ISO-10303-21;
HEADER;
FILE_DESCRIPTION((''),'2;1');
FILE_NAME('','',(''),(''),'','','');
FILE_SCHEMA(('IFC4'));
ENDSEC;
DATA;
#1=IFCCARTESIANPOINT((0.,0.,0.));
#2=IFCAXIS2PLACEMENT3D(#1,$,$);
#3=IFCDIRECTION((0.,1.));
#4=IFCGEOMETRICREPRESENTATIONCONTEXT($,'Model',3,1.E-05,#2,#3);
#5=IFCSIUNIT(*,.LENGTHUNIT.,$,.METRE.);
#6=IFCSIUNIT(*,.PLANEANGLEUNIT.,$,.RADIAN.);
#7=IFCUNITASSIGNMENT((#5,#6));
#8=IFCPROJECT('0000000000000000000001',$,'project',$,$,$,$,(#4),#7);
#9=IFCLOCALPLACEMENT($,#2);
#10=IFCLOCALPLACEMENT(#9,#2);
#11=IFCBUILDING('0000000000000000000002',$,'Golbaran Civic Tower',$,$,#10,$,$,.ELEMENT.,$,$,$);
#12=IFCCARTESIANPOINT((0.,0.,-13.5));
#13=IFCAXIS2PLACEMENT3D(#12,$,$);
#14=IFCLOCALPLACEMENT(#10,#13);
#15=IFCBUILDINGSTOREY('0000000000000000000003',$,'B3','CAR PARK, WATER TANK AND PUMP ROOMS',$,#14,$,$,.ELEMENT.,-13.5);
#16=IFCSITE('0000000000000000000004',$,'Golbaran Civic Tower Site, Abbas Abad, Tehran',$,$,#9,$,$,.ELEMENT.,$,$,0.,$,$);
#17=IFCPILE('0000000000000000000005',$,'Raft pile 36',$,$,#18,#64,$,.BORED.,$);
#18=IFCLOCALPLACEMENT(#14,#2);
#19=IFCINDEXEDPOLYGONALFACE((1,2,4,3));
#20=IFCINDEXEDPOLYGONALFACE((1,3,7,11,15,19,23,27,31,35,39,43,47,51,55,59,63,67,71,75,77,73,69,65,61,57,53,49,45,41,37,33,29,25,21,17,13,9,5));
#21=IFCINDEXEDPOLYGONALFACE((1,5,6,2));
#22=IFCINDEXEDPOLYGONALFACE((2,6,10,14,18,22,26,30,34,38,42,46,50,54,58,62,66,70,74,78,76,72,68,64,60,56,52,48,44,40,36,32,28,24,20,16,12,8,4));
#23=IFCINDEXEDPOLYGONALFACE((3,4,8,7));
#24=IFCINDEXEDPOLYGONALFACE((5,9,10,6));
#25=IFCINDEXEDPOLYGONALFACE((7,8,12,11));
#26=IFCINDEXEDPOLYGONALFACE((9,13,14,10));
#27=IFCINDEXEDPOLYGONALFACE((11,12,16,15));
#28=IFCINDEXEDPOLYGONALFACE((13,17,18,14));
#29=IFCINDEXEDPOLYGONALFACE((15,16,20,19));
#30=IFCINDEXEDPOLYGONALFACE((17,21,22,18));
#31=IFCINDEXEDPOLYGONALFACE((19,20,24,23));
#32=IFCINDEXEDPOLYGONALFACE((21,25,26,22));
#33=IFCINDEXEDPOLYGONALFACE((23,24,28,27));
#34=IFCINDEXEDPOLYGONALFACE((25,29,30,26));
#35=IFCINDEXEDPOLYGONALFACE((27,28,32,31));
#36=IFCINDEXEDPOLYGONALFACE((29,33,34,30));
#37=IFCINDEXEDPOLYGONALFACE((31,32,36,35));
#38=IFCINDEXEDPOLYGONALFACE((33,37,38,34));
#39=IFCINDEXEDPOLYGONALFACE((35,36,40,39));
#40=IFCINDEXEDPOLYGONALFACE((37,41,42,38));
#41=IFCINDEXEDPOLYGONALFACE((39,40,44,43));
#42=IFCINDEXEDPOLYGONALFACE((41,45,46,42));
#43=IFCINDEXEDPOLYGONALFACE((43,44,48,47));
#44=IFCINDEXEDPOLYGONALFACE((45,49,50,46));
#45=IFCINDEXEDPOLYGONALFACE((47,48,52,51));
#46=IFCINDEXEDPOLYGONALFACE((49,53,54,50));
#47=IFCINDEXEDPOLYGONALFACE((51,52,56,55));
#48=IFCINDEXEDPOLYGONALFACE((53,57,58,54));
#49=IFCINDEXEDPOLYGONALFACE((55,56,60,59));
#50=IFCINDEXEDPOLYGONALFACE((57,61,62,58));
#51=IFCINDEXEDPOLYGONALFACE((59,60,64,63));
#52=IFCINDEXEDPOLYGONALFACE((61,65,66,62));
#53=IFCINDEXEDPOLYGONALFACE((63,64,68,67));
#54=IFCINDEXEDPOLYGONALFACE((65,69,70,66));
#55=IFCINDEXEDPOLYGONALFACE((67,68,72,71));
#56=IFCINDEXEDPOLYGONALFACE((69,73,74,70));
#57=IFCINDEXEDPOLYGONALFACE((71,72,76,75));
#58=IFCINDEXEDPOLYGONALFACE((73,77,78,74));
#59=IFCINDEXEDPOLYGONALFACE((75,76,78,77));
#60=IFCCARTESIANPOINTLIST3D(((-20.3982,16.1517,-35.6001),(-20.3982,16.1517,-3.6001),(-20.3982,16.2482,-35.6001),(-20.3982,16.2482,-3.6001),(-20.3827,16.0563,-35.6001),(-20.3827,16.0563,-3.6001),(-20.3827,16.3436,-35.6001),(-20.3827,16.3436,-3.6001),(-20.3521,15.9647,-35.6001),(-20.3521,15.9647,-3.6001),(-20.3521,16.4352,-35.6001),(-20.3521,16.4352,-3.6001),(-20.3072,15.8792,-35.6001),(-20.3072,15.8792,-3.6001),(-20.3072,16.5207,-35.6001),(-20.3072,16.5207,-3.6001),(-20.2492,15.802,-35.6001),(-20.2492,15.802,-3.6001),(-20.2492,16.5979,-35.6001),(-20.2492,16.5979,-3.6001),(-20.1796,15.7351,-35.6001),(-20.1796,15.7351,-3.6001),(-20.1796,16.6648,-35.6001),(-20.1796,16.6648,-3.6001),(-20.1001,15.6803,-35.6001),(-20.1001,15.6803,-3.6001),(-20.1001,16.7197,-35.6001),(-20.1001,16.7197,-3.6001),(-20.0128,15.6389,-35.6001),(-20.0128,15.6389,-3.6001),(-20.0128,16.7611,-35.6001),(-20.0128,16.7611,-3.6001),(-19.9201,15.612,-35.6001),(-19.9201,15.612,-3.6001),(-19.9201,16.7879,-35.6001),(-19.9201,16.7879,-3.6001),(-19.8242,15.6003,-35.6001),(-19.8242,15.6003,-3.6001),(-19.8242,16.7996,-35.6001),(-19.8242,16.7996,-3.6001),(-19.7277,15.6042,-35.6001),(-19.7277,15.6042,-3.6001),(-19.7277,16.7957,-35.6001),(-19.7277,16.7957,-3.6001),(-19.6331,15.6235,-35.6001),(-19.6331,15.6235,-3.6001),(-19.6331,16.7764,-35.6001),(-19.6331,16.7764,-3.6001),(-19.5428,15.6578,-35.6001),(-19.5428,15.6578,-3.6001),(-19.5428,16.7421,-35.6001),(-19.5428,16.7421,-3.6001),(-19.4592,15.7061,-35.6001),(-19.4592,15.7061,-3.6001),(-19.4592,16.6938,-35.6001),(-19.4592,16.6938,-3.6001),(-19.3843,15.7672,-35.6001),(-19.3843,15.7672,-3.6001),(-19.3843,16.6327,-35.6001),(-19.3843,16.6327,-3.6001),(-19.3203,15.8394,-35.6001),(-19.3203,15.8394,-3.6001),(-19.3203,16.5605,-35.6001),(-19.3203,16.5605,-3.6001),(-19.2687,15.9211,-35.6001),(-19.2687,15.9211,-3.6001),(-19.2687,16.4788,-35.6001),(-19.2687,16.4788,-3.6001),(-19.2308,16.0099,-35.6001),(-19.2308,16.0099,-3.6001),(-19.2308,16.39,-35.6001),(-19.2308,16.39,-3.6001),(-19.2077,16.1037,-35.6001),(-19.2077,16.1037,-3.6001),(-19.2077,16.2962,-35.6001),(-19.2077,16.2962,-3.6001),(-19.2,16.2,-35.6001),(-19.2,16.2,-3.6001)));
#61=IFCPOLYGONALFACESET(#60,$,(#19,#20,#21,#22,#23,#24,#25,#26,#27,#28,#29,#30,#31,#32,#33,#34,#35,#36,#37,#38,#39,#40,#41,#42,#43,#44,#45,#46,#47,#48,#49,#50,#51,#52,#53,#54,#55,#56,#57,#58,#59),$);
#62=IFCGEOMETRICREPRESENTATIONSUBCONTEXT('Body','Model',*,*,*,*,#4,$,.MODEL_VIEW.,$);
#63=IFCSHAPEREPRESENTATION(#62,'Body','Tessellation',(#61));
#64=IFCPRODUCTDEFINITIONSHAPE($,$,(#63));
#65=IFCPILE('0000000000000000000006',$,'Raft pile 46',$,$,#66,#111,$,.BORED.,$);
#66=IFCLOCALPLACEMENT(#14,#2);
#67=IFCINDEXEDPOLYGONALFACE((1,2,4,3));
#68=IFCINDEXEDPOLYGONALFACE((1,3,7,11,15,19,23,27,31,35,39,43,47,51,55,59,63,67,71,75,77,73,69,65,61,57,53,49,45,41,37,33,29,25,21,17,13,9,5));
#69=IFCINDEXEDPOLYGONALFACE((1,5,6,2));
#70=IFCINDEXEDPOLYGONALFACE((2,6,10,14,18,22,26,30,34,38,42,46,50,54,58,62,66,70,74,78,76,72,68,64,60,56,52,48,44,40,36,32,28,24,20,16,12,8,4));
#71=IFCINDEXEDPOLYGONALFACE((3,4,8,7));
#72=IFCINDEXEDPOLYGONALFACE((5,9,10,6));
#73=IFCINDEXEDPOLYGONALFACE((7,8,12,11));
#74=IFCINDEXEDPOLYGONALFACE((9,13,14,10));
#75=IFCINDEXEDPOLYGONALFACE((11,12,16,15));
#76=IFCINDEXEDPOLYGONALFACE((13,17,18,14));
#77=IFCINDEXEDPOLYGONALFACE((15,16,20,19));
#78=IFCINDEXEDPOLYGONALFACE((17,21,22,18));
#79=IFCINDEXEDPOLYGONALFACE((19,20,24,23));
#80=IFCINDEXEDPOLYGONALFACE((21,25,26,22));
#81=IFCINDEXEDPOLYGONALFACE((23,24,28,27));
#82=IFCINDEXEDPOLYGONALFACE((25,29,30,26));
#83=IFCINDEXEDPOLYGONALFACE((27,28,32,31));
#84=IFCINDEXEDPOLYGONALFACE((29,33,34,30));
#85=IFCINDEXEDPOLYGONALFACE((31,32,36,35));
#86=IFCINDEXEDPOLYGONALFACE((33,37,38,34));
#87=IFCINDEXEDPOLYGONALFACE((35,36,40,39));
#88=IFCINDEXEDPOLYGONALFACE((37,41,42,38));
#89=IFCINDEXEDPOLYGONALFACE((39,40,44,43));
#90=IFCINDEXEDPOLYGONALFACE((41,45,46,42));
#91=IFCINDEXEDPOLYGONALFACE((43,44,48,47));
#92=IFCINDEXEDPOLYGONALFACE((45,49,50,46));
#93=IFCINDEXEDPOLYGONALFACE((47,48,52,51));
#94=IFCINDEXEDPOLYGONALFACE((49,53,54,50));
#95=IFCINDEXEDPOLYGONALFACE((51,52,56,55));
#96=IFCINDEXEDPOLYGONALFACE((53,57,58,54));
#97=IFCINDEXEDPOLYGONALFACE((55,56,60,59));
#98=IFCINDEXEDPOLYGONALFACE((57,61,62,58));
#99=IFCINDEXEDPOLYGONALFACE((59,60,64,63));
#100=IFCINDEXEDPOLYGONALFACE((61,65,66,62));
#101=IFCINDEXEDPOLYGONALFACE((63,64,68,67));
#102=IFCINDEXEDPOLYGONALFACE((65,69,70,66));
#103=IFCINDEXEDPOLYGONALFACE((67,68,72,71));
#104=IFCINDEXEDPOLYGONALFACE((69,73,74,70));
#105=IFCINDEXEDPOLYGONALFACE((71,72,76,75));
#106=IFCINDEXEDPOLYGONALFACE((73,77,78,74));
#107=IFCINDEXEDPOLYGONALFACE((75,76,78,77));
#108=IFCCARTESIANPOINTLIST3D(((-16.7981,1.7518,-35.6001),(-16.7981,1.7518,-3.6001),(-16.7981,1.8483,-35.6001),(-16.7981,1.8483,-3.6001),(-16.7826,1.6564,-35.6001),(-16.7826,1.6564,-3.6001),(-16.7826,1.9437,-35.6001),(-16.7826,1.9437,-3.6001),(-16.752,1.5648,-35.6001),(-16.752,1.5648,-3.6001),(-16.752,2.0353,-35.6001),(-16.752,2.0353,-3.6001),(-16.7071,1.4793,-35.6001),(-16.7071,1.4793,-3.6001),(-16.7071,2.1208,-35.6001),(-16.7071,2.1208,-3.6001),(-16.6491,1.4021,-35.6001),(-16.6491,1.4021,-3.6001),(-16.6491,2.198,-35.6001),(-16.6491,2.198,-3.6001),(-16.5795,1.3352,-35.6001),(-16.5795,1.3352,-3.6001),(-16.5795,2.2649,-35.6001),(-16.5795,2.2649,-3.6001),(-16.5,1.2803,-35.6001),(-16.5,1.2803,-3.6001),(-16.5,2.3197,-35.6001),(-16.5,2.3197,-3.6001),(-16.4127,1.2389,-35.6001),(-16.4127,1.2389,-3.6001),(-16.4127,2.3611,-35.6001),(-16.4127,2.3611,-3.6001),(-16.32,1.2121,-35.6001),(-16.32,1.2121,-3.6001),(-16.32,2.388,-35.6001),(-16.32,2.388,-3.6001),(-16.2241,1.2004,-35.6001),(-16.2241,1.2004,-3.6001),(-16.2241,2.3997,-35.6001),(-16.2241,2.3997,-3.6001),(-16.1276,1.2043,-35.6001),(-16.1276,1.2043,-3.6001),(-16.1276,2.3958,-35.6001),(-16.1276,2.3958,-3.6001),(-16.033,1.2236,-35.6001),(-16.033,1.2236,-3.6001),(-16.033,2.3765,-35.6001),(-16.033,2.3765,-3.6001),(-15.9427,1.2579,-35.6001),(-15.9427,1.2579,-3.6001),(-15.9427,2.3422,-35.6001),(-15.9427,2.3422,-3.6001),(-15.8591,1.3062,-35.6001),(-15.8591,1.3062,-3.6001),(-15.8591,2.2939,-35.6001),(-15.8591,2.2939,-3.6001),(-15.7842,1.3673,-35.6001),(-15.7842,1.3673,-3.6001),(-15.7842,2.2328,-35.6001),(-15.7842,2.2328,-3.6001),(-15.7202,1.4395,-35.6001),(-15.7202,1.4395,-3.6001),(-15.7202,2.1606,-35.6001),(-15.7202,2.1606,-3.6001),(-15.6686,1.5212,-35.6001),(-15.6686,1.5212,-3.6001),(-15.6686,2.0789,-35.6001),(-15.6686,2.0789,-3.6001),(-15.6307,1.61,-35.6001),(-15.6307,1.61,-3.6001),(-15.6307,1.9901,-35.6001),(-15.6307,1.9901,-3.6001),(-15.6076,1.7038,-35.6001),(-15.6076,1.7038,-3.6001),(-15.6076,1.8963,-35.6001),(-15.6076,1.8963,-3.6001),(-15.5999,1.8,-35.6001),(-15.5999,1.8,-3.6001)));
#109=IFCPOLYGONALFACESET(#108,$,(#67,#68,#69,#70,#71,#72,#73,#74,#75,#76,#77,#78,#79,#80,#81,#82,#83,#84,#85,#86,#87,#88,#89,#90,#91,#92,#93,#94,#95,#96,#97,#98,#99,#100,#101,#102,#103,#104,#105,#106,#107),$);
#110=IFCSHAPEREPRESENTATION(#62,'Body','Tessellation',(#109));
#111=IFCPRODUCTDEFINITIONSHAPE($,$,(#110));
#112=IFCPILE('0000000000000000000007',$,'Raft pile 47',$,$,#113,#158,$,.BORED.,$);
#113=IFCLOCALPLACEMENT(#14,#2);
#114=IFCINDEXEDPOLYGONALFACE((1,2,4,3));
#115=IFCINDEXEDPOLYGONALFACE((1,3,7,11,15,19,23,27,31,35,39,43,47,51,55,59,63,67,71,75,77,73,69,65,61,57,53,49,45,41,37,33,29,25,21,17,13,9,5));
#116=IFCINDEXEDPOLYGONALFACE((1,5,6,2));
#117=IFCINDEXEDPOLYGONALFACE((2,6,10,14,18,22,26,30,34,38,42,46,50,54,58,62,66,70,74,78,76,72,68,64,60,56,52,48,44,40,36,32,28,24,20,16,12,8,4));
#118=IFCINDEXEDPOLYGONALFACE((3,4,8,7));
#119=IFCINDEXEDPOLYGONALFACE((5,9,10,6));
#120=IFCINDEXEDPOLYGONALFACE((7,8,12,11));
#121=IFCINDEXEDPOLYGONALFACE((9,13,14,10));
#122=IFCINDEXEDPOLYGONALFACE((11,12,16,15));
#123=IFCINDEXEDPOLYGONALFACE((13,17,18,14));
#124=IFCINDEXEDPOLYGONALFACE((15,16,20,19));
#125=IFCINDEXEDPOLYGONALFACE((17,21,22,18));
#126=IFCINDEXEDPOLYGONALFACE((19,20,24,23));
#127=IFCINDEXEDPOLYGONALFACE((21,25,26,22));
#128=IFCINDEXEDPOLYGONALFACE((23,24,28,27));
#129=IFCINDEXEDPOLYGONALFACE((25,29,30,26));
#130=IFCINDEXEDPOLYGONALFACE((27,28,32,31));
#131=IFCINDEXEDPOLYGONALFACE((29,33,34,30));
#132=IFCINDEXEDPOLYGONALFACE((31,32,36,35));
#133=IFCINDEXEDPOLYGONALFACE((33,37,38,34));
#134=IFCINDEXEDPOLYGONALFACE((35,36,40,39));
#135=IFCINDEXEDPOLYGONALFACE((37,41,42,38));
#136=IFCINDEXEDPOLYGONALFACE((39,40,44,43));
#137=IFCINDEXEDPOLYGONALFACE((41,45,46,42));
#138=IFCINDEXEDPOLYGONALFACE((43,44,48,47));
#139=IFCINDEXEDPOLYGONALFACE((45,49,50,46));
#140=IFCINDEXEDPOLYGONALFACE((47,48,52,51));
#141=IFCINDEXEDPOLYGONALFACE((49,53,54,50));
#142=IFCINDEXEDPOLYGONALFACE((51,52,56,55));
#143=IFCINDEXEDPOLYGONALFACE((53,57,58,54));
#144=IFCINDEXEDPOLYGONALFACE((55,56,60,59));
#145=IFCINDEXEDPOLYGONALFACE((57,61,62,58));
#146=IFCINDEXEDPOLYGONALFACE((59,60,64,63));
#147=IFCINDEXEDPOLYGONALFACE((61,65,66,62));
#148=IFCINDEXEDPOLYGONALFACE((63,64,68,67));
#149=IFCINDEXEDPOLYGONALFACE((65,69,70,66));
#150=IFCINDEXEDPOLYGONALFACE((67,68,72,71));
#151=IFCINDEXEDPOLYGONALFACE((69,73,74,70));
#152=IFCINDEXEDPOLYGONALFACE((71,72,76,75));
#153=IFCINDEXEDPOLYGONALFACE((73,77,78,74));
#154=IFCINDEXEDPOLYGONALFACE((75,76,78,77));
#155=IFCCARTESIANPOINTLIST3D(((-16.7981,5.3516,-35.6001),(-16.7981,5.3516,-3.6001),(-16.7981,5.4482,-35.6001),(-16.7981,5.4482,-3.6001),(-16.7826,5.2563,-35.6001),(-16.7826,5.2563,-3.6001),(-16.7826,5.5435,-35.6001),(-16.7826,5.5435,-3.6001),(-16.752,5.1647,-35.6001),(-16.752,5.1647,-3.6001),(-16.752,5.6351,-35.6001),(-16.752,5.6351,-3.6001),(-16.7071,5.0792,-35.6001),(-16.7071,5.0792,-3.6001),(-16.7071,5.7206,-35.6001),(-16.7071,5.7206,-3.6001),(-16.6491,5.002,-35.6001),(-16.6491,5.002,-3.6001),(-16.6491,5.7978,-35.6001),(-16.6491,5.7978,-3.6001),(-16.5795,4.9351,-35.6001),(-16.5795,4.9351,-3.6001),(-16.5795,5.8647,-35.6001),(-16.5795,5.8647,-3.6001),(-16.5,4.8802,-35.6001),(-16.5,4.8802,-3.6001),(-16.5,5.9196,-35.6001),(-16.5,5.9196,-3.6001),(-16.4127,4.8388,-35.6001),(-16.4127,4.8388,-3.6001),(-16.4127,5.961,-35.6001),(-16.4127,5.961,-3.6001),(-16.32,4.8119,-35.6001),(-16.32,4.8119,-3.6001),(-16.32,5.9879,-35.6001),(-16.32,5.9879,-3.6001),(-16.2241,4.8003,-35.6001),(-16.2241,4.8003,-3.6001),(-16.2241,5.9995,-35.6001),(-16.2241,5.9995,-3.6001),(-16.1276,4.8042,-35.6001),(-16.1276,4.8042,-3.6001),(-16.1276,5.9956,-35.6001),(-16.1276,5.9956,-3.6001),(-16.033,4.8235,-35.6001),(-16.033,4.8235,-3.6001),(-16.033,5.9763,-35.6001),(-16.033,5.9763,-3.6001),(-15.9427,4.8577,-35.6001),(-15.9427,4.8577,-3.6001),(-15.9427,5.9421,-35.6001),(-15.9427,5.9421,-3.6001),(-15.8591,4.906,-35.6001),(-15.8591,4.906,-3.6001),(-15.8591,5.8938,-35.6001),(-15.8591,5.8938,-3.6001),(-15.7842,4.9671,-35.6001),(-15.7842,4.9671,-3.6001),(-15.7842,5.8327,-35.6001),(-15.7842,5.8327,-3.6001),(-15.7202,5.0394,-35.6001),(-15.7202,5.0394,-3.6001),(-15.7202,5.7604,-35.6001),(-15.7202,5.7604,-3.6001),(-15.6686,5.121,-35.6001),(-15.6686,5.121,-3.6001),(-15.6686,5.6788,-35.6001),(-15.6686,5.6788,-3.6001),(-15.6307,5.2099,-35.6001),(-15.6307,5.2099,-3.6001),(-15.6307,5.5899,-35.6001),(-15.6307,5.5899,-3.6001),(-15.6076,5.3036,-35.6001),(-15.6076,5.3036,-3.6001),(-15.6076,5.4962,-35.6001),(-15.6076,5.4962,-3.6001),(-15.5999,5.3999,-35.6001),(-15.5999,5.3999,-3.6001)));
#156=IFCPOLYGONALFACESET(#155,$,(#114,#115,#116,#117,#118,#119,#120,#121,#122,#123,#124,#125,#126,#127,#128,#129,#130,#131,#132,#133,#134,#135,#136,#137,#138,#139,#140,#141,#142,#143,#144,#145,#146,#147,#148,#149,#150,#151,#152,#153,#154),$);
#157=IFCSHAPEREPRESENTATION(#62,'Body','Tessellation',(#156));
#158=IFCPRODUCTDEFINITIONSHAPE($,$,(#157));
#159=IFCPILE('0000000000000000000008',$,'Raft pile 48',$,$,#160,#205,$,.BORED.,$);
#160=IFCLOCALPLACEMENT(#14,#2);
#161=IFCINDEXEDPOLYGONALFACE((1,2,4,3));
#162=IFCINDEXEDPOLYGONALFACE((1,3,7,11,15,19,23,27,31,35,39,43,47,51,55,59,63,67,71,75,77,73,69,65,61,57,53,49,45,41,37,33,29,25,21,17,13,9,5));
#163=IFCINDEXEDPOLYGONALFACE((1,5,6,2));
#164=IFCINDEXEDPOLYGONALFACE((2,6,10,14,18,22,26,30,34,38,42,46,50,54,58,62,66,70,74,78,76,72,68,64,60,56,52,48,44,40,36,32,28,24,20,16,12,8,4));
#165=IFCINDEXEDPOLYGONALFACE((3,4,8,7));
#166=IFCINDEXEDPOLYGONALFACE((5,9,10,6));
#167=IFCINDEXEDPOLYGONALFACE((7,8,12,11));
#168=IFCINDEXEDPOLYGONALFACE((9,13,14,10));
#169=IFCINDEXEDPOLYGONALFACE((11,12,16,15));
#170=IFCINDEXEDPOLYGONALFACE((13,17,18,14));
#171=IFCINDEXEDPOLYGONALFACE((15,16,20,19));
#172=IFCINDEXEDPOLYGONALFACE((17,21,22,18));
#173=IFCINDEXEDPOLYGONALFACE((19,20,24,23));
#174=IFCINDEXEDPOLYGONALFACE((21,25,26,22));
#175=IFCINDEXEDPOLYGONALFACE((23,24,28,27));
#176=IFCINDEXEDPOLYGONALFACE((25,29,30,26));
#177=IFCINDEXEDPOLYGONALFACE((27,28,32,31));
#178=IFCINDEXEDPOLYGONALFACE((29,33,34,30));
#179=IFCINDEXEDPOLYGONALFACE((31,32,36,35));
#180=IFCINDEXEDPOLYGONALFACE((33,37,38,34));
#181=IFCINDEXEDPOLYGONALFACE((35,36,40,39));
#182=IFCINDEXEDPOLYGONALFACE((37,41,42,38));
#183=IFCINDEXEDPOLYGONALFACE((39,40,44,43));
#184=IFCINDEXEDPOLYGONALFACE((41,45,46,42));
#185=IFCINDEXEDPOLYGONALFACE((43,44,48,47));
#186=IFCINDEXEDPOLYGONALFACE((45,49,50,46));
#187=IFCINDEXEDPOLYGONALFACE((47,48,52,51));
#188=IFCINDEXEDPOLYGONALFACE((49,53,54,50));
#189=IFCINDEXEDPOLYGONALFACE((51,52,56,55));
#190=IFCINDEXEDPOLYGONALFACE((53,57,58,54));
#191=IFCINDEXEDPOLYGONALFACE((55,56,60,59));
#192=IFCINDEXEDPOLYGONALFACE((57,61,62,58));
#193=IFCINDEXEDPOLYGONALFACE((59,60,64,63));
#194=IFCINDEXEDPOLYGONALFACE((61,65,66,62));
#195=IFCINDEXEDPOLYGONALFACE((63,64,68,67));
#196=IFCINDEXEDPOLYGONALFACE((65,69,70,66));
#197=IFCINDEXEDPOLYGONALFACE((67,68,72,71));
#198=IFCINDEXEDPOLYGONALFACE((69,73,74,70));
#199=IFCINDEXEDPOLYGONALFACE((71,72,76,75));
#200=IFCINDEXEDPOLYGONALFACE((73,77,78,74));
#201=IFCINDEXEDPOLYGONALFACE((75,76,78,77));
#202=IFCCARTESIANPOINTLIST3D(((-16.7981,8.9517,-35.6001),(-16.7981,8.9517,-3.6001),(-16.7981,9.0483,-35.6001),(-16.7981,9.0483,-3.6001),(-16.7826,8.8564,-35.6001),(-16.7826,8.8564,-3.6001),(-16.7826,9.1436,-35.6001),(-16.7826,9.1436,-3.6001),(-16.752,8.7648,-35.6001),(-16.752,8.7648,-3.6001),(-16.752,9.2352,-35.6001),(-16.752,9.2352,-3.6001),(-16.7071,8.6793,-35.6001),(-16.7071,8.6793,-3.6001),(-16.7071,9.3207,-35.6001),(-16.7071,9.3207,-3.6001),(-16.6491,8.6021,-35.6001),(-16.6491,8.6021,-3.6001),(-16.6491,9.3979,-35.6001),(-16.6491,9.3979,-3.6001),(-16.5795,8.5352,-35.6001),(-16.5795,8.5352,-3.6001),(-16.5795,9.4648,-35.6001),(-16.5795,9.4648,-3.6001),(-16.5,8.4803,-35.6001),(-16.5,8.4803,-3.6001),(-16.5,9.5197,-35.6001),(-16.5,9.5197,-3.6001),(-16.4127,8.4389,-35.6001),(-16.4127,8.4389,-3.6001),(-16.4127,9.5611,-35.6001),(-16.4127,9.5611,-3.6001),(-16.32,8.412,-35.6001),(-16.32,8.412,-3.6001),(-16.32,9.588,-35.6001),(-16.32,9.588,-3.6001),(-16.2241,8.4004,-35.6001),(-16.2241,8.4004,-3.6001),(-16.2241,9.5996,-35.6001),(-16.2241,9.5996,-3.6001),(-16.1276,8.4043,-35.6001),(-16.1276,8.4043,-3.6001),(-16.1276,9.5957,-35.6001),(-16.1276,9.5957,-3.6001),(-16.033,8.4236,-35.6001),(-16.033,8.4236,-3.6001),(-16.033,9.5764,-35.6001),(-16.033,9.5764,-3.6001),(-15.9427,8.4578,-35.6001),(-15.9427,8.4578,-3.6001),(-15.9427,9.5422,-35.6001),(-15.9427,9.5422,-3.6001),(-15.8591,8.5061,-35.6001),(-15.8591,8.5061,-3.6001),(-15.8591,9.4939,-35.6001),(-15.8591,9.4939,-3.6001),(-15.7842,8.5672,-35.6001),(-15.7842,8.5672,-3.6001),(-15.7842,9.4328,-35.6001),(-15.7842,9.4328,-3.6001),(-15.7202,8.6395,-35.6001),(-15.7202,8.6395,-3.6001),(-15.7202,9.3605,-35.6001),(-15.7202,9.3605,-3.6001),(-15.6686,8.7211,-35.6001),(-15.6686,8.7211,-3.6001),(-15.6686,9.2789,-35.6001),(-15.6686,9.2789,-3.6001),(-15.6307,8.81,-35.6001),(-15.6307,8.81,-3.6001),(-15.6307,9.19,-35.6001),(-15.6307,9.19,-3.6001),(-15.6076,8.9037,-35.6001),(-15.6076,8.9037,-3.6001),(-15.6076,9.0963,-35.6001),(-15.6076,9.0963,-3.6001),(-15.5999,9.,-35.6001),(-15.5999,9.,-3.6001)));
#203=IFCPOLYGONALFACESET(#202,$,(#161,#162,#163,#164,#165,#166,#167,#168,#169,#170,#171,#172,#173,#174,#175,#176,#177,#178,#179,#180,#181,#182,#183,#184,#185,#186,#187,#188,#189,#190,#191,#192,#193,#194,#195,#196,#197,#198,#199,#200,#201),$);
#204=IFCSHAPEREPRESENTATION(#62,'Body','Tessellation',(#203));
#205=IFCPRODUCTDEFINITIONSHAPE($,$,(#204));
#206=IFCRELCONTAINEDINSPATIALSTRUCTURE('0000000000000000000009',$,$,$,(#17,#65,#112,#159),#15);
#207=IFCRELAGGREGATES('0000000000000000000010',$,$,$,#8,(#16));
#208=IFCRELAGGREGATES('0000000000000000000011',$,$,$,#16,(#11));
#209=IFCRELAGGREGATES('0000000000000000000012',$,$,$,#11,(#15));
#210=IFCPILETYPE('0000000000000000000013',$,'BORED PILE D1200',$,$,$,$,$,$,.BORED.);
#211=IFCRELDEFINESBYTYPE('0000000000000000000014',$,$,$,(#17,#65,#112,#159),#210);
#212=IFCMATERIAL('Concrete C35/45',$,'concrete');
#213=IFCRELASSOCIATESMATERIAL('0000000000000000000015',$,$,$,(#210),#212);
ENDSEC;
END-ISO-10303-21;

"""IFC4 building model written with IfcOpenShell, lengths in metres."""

from ifc_helpers import new_model, si_unit, direction, frame, origin, origin_2d, place, context, subcontext, project, spatial, circle, extrude, material, material_profile, profile_set, type_object, element, save


model = new_model("IFC4")

# Units and contexts
model_context = context("Model", 3, precision=1e-05, world=origin(), true_north=direction((0.0, 1.0)))
body_context = subcontext(model_context, "Body", "Model", "MODEL_VIEW")
ifc_project = project(units=[si_unit("LENGTHUNIT", "METRE"), si_unit("PLANEANGLEUNIT", "RADIAN")], contexts=[model_context])

# Site, building, storey
site_placement = place(None, origin())
site = spatial("IfcSite", under=ifc_project, at=site_placement, Name="Golbaran Civic Tower Site, Abbas Abad, Tehran", CompositionType="ELEMENT", RefElevation=0.0)
building_placement = place(site_placement, origin())
building = spatial("IfcBuilding", under=site, at=building_placement, Name="Golbaran Civic Tower", CompositionType="ELEMENT")
storey_placement = place(building_placement, frame((0.0, 0.0, -13.5)))
storey = spatial("IfcBuildingStorey", under=building, at=storey_placement, Name="B3", Description="CAR PARK, WATER TANK AND PUMP ROOMS", CompositionType="ELEMENT", Elevation=-13.5)

# Piles
ifc_material_1 = material(Name="Concrete C35/45", Category="concrete")
ifc_material_profile_1 = material_profile(ifc_material_1, circle(Radius=0.6001, at=origin_2d()), Name="BORED PILE D1200")
ifc_profile_set_1 = profile_set([ifc_material_profile_1], Name="Concrete C35/45")
pile_type = type_object("IfcPileType", Name="BORED PILE D1200", PredefinedType="BORED", material=ifc_profile_set_1)
for number, where, z_axis, x_axis, name in (
    (1, (-19.8, 16.2, -3.6001), (0.0, 0.0, -1.0), (1.0, 0.0, 0.0), "Raft pile 36"),
    (2, (-16.2, 1.8, -3.6001), (0.0, 0.0, -1.0), (1.0, 0.0, 0.0), "Raft pile 46"),
    (3, (-16.2, 5.3999, -3.6001), (0.0, 0.0, -1.0), (1.0, 0.0, 0.0), "Raft pile 47"),
    (4, (-16.2, 9.0, -3.6001), (0.0, 0.0, -1.0), (1.0, 0.0, 0.0), "Raft pile 48"),
):
    element("IfcPile", number, at=place(storey_placement, frame(where, z_axis=z_axis, x_axis=x_axis)), inside=storey, type_object=pile_type, Name=name, PredefinedType="BORED", context=body_context, shape_type="SweptSolid", body=[
        extrude(circle(Radius=0.6001, at=origin_2d()), origin(), (0.0, 0.0, 1.0), 32.0),
    ])

save(model, "model.ifc")
